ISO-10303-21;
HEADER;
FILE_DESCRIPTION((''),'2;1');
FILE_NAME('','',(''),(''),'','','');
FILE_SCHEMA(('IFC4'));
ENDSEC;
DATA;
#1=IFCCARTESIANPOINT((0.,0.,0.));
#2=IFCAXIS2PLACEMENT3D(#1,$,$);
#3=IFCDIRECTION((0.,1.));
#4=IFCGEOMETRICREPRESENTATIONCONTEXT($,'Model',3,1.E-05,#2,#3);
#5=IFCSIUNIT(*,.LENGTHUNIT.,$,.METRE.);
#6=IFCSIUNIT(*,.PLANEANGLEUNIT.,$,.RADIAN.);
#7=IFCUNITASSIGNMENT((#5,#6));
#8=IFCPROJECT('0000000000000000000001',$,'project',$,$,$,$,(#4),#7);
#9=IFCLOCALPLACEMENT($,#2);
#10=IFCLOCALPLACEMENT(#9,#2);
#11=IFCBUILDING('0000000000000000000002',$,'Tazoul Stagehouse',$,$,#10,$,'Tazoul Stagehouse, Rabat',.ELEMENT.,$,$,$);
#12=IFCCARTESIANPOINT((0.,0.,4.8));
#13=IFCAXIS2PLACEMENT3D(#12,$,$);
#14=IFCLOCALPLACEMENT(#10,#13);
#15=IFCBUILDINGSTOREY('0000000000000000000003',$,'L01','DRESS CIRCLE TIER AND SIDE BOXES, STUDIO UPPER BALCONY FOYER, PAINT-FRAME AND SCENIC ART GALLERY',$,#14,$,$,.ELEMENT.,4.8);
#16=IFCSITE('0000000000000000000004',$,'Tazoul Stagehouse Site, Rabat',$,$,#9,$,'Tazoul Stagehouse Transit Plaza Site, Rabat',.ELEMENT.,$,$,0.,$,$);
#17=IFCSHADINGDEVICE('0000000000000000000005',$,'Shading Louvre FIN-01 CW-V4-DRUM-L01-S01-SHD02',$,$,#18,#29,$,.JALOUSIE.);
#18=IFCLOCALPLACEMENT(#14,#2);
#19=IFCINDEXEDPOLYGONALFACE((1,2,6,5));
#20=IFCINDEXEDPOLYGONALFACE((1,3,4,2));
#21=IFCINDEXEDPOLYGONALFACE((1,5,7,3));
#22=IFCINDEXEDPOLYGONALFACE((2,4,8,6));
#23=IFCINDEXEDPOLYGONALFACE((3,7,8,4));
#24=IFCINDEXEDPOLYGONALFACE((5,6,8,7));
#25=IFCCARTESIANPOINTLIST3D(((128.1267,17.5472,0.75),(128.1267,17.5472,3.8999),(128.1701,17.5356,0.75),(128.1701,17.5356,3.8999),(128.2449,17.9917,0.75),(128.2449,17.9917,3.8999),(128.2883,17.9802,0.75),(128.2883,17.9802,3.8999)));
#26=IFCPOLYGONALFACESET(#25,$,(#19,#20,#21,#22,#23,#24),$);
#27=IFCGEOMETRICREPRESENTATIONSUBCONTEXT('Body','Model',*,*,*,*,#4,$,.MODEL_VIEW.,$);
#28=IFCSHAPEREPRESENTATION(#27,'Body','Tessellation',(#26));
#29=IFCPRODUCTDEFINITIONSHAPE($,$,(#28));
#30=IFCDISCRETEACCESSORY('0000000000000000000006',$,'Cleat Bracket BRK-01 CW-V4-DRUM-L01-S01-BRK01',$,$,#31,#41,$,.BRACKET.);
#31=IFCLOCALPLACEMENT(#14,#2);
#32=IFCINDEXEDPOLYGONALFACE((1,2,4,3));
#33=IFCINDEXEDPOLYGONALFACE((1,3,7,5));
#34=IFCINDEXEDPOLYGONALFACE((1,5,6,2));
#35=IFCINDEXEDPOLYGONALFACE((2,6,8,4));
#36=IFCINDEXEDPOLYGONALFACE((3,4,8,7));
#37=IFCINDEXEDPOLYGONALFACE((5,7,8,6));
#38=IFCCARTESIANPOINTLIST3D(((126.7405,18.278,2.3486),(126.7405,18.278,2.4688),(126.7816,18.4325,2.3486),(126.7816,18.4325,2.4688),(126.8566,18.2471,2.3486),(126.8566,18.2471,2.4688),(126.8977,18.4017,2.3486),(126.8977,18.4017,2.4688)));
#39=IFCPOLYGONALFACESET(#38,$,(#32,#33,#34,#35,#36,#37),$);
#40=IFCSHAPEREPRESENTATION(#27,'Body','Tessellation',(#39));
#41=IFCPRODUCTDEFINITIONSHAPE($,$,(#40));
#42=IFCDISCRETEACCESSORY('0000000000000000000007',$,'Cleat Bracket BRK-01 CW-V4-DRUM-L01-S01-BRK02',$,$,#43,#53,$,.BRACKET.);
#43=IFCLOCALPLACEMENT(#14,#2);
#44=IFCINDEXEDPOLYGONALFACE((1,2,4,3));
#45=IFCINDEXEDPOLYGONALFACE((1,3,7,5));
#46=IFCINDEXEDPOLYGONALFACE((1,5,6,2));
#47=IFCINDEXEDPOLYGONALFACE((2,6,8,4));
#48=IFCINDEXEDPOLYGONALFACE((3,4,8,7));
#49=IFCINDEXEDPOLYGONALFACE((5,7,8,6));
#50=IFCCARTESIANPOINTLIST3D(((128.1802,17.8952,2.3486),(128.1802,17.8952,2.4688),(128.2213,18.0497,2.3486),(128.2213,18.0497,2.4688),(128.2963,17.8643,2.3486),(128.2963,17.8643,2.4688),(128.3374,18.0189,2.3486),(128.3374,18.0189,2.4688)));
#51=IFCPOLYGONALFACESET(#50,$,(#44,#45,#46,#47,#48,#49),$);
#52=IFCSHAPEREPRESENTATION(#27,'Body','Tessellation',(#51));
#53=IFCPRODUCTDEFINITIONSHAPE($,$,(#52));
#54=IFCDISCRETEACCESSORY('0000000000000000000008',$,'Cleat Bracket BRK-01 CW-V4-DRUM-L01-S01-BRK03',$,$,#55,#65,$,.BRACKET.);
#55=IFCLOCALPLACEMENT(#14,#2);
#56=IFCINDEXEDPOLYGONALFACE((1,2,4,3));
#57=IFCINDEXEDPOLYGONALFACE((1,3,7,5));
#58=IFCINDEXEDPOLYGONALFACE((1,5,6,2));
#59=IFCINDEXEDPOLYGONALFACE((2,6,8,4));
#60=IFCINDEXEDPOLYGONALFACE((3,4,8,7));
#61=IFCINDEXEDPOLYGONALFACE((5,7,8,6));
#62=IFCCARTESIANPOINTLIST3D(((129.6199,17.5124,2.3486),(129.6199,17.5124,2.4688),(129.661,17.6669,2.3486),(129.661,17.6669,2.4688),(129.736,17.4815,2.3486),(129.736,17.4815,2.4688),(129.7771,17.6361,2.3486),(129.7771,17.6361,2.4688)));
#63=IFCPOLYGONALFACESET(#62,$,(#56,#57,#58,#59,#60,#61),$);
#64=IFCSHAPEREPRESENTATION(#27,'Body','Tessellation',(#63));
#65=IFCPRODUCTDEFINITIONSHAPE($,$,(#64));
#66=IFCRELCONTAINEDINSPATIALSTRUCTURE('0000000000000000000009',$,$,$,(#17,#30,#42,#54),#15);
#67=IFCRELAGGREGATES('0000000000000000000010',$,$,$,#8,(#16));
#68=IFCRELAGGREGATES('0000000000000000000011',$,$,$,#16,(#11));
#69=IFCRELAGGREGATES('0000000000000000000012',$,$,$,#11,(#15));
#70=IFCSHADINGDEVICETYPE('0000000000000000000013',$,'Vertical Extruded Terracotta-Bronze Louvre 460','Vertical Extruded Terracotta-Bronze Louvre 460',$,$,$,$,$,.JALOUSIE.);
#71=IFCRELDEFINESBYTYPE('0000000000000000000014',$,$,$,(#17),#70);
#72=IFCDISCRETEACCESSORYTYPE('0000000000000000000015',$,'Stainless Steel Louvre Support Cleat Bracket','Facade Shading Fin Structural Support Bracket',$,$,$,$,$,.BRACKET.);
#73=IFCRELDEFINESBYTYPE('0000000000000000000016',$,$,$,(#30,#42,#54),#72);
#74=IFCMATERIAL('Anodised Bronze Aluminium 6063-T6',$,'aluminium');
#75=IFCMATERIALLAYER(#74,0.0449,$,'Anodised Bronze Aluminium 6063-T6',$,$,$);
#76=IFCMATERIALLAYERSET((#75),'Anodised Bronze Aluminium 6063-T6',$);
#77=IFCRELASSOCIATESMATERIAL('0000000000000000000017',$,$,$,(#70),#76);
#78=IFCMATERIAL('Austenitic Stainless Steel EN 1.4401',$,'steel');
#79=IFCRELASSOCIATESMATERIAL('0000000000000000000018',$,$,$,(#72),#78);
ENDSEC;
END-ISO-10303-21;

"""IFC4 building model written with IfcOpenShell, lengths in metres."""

from ifc_helpers import new_model, si_unit, direction, frame, origin, origin_2d, place, context, subcontext, project, spatial, rectangle, extrude, material, layer, layer_set, type_object, element, save


model = new_model("IFC4")

# Units and contexts
model_context = context("Model", 3, precision=1e-05, world=origin(), true_north=direction((0.0, 1.0)))
body_context = subcontext(model_context, "Body", "Model", "MODEL_VIEW")
ifc_project = project(units=[si_unit("LENGTHUNIT", "METRE"), si_unit("PLANEANGLEUNIT", "RADIAN")], contexts=[model_context])

# Site, building, storey
site_placement = place(None, origin())
site = spatial("IfcSite", under=ifc_project, at=site_placement, Name="Tazoul Stagehouse Site, Rabat", LongName="Tazoul Stagehouse Transit Plaza Site, Rabat", CompositionType="ELEMENT", RefElevation=0.0)
building_placement = place(site_placement, origin())
building = spatial("IfcBuilding", under=site, at=building_placement, Name="Tazoul Stagehouse", LongName="Tazoul Stagehouse, Rabat", CompositionType="ELEMENT")
storey_placement = place(building_placement, frame((0.0, 0.0, 4.8)))
storey = spatial("IfcBuildingStorey", under=building, at=storey_placement, Name="L01", Description="DRESS CIRCLE TIER AND SIDE BOXES, STUDIO UPPER BALCONY FOYER, PAINT-FRAME AND SCENIC ART GALLERY", CompositionType="ELEMENT", Elevation=4.8)

# Shared definitions
ifc_material_1 = material(Name="Anodised Bronze Aluminium 6063-T6", Category="aluminium")

# Shading device
ifc_layer_1 = layer(ifc_material_1, 0.0449, Name="Anodised Bronze Aluminium 6063-T6")
ifc_layer_set_1 = layer_set([ifc_layer_1], Name="Anodised Bronze Aluminium 6063-T6")
shading_device_type_1 = type_object("IfcShadingDeviceType", Name="Vertical Extruded Terracotta-Bronze Louvre 460", Description="Vertical Extruded Terracotta-Bronze Louvre 460", PredefinedType="JALOUSIE", material=ifc_layer_set_1)
shading_device_placement = place(storey_placement, frame((128.2075, 17.7637, 0.75), z_axis=(0.0, 0.0, 1.0), x_axis=(0.966413, -0.256993, 0.0)))
element("IfcShadingDevice", 1, at=shading_device_placement, inside=storey, type_object=shading_device_type_1, Name="Shading Louvre FIN-01 CW-V4-DRUM-L01-S01-SHD02", PredefinedType="JALOUSIE", context=body_context, shape_type="SweptSolid", body=[
    extrude(rectangle(XDim=0.0449, YDim=0.46, at=origin_2d()), origin(), (0.0, 0.0, 1.0), 3.1499),
])

# Discrete accessories
ifc_material_2 = material(Name="Austenitic Stainless Steel EN 1.4401", Category="steel")
discrete_accessory_type = type_object("IfcDiscreteAccessoryType", Name="Stainless Steel Louvre Support Cleat Bracket", Description="Facade Shading Fin Structural Support Bracket", PredefinedType="BRACKET", material=ifc_material_2)
for number, where, z_axis, x_axis, name in (
    (2, (126.8191, 18.3398, 2.3486), (0.0, 0.0, 1.0), (0.966413, -0.256993, 0.0), "Cleat Bracket BRK-01 CW-V4-DRUM-L01-S01-BRK01"),
    (3, (128.2588, 17.957, 2.3486), (0.0, 0.0, 1.0), (0.966413, -0.256993, 0.0), "Cleat Bracket BRK-01 CW-V4-DRUM-L01-S01-BRK02"),
    (4, (129.6985, 17.5742, 2.3486), (0.0, 0.0, 1.0), (0.966413, -0.256993, 0.0), "Cleat Bracket BRK-01 CW-V4-DRUM-L01-S01-BRK03"),
):
    element("IfcDiscreteAccessory", number, at=place(storey_placement, frame(where, z_axis=z_axis, x_axis=x_axis)), inside=storey, type_object=discrete_accessory_type, Name=name, PredefinedType="BRACKET", context=body_context, shape_type="SweptSolid", body=[
        extrude(rectangle(XDim=0.1201, YDim=0.1599, at=origin_2d()), origin(), (0.0, 0.0, 1.0), 0.1201),
    ])

save(model, "model.ifc")
